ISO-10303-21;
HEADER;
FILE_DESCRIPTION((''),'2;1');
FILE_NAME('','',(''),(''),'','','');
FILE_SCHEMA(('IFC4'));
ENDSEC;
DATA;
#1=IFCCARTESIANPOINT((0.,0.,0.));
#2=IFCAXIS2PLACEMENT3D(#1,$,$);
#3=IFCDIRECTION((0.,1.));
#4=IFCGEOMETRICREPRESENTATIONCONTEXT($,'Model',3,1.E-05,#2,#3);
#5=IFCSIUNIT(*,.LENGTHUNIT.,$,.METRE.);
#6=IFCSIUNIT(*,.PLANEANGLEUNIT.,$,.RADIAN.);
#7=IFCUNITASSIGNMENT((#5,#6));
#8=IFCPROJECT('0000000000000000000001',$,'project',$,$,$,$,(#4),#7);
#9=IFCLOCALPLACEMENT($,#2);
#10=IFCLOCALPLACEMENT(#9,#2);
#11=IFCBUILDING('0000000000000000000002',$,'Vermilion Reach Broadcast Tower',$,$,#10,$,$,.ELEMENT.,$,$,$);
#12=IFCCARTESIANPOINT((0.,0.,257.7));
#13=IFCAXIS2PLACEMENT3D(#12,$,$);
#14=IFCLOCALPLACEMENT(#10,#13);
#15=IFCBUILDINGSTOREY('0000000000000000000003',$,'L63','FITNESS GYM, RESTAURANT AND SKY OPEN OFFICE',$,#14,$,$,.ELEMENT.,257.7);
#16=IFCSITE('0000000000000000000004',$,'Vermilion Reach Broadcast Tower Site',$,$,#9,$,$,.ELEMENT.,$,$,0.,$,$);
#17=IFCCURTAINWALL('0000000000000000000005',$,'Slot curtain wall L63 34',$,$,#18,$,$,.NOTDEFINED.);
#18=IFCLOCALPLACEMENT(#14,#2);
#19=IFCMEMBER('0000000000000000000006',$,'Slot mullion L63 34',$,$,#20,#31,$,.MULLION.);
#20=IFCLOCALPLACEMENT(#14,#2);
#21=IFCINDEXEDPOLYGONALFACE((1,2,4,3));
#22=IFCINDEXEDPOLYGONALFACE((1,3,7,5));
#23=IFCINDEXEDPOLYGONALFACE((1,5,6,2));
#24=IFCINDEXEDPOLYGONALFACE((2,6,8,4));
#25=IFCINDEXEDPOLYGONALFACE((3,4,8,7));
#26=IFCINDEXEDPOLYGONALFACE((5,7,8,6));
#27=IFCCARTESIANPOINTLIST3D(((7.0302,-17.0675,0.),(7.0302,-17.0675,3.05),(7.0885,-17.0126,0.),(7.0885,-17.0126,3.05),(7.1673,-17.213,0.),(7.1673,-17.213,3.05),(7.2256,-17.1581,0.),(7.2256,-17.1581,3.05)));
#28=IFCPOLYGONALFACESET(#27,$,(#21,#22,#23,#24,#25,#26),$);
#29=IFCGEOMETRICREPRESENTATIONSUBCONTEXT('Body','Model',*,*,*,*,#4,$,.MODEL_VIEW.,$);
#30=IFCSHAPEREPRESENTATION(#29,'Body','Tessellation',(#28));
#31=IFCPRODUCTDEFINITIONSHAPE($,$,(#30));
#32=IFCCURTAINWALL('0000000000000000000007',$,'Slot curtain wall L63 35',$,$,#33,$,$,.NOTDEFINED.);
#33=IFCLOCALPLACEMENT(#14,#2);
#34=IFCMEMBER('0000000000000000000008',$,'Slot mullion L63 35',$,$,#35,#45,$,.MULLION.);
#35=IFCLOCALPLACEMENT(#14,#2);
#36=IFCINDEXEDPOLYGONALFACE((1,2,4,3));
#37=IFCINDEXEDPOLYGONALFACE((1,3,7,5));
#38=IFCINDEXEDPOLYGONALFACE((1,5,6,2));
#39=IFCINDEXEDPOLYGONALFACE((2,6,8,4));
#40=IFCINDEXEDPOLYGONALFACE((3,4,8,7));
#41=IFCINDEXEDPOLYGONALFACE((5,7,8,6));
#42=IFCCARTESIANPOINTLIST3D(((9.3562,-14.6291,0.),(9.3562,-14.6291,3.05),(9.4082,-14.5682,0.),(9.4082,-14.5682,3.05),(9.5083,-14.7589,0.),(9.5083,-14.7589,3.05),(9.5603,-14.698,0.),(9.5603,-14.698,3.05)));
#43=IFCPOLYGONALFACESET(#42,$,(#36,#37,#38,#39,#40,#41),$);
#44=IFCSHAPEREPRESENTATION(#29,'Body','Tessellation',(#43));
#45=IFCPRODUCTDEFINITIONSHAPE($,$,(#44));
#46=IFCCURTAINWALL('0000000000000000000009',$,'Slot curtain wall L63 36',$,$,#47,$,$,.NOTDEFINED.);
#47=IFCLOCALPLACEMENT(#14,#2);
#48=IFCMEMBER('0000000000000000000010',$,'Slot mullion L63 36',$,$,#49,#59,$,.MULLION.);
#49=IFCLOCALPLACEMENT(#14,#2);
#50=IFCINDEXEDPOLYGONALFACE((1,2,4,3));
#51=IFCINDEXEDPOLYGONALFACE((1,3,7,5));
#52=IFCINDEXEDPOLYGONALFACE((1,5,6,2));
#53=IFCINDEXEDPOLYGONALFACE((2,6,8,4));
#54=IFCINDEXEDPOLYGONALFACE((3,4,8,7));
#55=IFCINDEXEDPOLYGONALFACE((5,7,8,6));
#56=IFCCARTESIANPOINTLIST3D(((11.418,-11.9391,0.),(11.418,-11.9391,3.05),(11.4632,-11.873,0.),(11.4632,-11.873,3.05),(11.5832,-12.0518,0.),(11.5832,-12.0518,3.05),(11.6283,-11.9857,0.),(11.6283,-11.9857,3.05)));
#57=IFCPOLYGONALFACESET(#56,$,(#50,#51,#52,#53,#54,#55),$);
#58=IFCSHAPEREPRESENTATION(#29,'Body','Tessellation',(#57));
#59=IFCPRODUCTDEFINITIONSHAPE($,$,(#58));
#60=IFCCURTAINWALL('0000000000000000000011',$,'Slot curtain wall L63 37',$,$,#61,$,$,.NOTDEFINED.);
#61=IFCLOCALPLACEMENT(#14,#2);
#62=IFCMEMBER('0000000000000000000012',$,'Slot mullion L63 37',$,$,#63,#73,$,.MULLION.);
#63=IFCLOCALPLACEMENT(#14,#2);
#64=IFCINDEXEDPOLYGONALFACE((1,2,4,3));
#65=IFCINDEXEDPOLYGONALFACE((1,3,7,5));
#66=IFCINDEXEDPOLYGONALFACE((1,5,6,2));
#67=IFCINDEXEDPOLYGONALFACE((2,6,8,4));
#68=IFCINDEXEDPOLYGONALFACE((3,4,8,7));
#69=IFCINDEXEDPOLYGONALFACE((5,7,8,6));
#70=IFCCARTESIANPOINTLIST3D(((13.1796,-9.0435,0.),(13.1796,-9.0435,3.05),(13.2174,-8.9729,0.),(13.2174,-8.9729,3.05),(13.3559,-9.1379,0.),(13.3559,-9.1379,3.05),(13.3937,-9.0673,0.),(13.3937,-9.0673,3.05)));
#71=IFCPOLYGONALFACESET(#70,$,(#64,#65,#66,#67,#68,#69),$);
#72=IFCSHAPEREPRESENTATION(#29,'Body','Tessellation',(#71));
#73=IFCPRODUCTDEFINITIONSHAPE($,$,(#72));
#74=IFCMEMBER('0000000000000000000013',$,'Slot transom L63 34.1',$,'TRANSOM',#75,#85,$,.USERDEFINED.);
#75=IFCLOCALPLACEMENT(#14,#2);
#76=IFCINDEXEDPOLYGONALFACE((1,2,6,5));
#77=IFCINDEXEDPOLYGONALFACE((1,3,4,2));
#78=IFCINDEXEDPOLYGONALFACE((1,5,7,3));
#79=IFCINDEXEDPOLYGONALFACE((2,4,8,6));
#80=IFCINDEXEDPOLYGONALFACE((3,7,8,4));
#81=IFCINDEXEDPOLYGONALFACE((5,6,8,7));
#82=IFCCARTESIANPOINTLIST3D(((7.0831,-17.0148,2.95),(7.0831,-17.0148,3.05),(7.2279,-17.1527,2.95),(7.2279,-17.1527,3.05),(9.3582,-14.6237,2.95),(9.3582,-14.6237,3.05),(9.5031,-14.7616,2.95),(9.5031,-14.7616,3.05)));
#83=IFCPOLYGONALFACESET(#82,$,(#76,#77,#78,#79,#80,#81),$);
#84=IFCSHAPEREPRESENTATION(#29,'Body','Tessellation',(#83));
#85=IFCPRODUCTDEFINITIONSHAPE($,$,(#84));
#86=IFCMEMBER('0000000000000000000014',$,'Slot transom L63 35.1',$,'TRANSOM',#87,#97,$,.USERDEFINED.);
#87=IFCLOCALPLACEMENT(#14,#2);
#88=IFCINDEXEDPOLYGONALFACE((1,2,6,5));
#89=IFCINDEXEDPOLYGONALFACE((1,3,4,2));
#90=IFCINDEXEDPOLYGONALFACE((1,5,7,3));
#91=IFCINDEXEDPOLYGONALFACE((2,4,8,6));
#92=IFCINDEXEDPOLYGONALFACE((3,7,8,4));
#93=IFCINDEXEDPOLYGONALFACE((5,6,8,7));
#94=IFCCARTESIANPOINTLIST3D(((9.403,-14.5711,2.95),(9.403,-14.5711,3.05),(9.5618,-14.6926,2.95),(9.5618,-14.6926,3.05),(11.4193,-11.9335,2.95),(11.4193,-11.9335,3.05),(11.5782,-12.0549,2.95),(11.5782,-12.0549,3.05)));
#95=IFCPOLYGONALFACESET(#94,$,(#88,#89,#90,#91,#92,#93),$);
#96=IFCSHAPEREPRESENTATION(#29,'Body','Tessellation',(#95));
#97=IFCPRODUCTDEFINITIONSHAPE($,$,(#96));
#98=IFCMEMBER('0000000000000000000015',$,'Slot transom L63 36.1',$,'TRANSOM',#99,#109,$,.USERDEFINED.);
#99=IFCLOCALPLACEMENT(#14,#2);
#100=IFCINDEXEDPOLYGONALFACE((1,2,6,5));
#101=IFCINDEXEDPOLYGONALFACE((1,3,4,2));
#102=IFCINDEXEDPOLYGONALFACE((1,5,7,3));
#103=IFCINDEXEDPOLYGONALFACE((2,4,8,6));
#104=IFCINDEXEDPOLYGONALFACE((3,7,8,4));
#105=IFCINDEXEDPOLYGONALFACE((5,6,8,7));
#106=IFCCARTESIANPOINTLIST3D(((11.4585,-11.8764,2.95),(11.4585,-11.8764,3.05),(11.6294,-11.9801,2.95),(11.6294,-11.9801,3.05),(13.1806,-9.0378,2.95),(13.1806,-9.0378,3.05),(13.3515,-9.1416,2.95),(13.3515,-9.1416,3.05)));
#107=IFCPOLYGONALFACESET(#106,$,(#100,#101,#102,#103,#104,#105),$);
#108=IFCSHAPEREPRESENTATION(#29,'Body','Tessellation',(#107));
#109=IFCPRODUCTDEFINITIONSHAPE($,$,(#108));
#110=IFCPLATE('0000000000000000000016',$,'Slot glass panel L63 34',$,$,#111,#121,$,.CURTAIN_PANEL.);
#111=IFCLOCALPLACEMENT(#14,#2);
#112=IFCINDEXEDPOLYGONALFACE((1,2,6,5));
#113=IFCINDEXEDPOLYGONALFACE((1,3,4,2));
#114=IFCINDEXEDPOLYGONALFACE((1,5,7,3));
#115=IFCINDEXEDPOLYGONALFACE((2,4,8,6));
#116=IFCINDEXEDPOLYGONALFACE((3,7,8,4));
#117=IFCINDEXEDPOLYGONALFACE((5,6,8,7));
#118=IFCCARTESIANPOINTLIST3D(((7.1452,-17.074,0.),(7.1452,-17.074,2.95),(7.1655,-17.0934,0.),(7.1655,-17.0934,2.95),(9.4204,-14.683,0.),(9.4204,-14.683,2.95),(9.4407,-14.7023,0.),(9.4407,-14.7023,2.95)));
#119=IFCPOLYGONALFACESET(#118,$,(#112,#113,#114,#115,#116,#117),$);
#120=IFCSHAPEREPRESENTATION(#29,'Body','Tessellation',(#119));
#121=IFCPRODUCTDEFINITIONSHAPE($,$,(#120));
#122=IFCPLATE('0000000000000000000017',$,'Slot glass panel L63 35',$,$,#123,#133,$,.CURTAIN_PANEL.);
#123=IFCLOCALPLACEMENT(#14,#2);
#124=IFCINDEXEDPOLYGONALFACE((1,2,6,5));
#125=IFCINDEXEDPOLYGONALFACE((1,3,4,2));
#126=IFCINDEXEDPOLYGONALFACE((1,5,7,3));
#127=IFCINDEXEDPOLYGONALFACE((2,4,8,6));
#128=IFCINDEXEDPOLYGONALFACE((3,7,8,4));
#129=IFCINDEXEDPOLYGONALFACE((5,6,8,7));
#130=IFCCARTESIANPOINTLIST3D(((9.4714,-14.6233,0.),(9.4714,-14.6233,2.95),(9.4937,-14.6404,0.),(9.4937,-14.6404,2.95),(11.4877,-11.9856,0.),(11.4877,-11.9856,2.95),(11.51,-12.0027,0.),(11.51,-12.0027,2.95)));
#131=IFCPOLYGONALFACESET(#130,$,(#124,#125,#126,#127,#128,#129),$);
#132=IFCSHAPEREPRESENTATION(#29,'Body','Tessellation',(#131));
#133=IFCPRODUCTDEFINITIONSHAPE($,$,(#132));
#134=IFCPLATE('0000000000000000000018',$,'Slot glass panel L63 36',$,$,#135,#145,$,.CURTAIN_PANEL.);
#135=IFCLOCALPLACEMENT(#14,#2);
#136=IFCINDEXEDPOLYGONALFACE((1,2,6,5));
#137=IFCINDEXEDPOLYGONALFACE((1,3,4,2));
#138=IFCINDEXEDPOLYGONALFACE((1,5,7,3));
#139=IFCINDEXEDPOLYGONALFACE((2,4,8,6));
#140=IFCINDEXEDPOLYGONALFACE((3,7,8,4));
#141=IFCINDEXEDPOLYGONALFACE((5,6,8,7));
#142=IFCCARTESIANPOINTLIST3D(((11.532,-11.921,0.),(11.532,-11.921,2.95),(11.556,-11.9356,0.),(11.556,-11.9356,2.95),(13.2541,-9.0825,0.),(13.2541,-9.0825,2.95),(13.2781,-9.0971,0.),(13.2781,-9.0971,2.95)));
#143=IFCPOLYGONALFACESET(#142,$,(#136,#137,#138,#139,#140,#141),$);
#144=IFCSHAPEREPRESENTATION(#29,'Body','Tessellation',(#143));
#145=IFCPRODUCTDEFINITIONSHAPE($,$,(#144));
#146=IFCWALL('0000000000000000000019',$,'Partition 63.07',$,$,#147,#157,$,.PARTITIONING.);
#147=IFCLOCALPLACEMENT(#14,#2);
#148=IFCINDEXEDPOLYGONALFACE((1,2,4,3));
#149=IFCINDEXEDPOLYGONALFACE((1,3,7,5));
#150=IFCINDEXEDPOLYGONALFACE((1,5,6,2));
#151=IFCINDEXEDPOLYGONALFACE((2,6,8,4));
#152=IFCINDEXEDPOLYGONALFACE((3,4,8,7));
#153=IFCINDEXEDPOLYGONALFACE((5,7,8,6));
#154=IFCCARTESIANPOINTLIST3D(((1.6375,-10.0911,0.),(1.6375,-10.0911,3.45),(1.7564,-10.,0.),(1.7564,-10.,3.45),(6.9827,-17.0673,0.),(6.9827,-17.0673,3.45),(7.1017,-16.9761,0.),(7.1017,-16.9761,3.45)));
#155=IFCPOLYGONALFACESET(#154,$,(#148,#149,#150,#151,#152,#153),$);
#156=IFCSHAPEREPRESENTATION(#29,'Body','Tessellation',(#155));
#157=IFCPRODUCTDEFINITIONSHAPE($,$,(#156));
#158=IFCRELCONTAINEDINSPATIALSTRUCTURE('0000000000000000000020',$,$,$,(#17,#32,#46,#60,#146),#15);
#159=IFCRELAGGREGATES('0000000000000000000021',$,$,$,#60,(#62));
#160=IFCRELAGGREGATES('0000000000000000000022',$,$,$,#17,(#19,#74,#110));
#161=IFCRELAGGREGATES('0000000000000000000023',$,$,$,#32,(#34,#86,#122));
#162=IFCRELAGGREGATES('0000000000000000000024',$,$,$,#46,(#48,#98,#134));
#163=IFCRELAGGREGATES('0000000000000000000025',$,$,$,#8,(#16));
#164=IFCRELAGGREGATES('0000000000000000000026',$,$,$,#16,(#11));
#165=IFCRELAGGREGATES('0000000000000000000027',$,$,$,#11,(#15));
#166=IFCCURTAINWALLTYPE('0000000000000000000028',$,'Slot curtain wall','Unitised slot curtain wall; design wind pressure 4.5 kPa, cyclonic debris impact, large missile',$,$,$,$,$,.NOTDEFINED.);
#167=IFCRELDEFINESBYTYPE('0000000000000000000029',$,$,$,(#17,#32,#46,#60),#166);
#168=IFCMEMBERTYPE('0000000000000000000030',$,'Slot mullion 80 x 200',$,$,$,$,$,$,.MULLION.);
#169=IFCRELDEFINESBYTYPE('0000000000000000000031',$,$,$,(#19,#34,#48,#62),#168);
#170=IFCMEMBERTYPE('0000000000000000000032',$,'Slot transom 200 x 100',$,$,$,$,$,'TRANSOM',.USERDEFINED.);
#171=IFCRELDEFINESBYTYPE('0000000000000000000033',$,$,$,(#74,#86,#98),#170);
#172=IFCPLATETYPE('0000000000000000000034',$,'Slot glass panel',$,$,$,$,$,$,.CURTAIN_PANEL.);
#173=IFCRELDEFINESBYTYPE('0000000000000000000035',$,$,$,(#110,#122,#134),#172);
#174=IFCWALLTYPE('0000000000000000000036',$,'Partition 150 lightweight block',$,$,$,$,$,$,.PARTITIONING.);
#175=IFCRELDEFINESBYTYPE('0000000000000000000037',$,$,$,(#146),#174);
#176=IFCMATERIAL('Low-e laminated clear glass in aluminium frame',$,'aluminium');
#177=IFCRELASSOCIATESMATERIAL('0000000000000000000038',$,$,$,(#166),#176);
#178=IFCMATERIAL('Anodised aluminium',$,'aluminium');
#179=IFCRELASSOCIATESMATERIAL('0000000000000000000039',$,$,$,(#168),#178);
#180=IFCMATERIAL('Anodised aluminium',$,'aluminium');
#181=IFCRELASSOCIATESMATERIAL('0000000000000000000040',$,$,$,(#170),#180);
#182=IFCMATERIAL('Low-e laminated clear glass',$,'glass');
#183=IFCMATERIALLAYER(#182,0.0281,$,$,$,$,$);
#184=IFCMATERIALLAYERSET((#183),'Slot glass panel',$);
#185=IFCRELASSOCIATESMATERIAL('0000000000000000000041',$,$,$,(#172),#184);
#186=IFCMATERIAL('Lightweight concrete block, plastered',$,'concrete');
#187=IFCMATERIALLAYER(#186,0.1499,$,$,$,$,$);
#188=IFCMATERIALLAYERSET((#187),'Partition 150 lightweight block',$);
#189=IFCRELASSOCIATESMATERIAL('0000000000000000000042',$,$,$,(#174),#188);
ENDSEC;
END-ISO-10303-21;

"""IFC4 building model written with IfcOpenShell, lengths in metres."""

from ifc_helpers import new_model, si_unit, direction, frame, frame_2d, origin, origin_2d, place, context, subcontext, project, spatial, rectangle, extrude, material, layer, layer_set, material_profile, profile_set, type_object, element, aggregate, save


model = new_model("IFC4")

# Units and contexts
model_context = context("Model", 3, precision=1e-05, world=origin(), true_north=direction((0.0, 1.0)))
body_context = subcontext(model_context, "Body", "Model", "MODEL_VIEW")
ifc_project = project(units=[si_unit("LENGTHUNIT", "METRE"), si_unit("PLANEANGLEUNIT", "RADIAN")], contexts=[model_context])

# Site, building, storey
site_placement = place(None, origin())
site = spatial("IfcSite", under=ifc_project, at=site_placement, Name="Vermilion Reach Broadcast Tower Site", CompositionType="ELEMENT", RefElevation=0.0)
building_placement = place(site_placement, origin())
building = spatial("IfcBuilding", under=site, at=building_placement, Name="Vermilion Reach Broadcast Tower", CompositionType="ELEMENT")
storey_placement = place(building_placement, frame((0.0, 0.0, 257.7)))
storey = spatial("IfcBuildingStorey", under=building, at=storey_placement, Name="L63", Description="FITNESS GYM, RESTAURANT AND SKY OPEN OFFICE", CompositionType="ELEMENT", Elevation=257.7)

# Curtain walls, members
ifc_material_1 = material(Name="Low-e laminated clear glass in aluminium frame", Category="aluminium")
curtain_wall_type = type_object("IfcCurtainWallType", Name="Slot curtain wall", Description="Unitised slot curtain wall; design wind pressure 4.5 kPa, cyclonic debris impact, large missile", PredefinedType="NOTDEFINED", material=ifc_material_1)
placement = place(storey_placement, origin())
curtain_wall_1 = element("IfcCurtainWall", 1, at=placement, inside=storey, type_object=curtain_wall_type, Name="Slot curtain wall L63 34", PredefinedType="NOTDEFINED")
ifc_material_2 = material(Name="Anodised aluminium", Category="aluminium")
ifc_material_profile_1 = material_profile(ifc_material_2, rectangle(XDim=0.2, YDim=0.0801, at=origin_2d()), Name="Slot mullion 80 x 200")
ifc_profile_set_1 = profile_set([ifc_material_profile_1], Name="Anodised aluminium")
member_type_1 = type_object("IfcMemberType", Name="Slot mullion 80 x 200", PredefinedType="MULLION", material=ifc_profile_set_1)
member_1_placement = place(storey_placement, frame((7.1279, -17.1128, 0.0), z_axis=(0.0, 0.0, 1.0), x_axis=(-0.685552, 0.728024, 0.0)))
member_1 = element("IfcMember", 2, at=member_1_placement, type_object=member_type_1, Name="Slot mullion L63 34", PredefinedType="MULLION", context=body_context, shape_type="SweptSolid", body=[
    extrude(rectangle(XDim=0.2, YDim=0.0801, at=origin_2d()), origin(), (0.0, 0.0, 1.0), 3.05),
])
curtain_wall_2 = element("IfcCurtainWall", 3, at=placement, inside=storey, type_object=curtain_wall_type, Name="Slot curtain wall L63 35", PredefinedType="NOTDEFINED")
member_2_placement = place(storey_placement, frame((9.4583, -14.6636, 0.0), z_axis=(0.0, 0.0, 1.0), x_axis=(-0.760565, 0.649261, 0.0)))
member_2 = element("IfcMember", 4, at=member_2_placement, type_object=member_type_1, Name="Slot mullion L63 35", PredefinedType="MULLION", context=body_context, shape_type="SweptSolid", body=[
    extrude(rectangle(XDim=0.2, YDim=0.0801, at=origin_2d()), origin(), (0.0, 0.0, 1.0), 3.05),
])
curtain_wall_3 = element("IfcCurtainWall", 5, at=placement, inside=storey, type_object=curtain_wall_type, Name="Slot curtain wall L63 36", PredefinedType="NOTDEFINED")
member_3_placement = place(storey_placement, frame((11.5232, -11.9624, 0.0), z_axis=(0.0, 0.0, 1.0), x_axis=(-0.825902, 0.563814, 0.0)))
member_3 = element("IfcMember", 6, at=member_3_placement, type_object=member_type_1, Name="Slot mullion L63 36", PredefinedType="MULLION", context=body_context, shape_type="SweptSolid", body=[
    extrude(rectangle(XDim=0.2, YDim=0.0801, at=origin_2d()), origin(), (0.0, 0.0, 1.0), 3.05),
])
curtain_wall_4 = element("IfcCurtainWall", 7, at=placement, inside=storey, type_object=curtain_wall_type, Name="Slot curtain wall L63 37", PredefinedType="NOTDEFINED")
member_4_placement = place(storey_placement, frame((13.2866, -9.0554, 0.0), z_axis=(0.0, 0.0, 1.0), x_axis=(-0.881682, 0.471844, 0.0)))
member_4 = element("IfcMember", 8, at=member_4_placement, type_object=member_type_1, Name="Slot mullion L63 37", PredefinedType="MULLION", context=body_context, shape_type="SweptSolid", body=[
    extrude(rectangle(XDim=0.2, YDim=0.0801, at=origin_2d()), origin(), (0.0, 0.0, 1.0), 3.05),
])
aggregate(curtain_wall_4, [member_4])

# Members
ifc_material_3 = material(Name="Anodised aluminium", Category="aluminium")
ifc_material_profile_2 = material_profile(ifc_material_3, rectangle(XDim=0.2, YDim=0.1001, at=origin_2d()), Name="Slot transom 200 x 100")
ifc_profile_set_2 = profile_set([ifc_material_profile_2], Name="Anodised aluminium")
member_type_2 = type_object("IfcMemberType", Name="Slot transom 200 x 100", ElementType="TRANSOM", PredefinedType="USERDEFINED", material=ifc_profile_set_2)
member_5_placement = place(storey_placement, frame((7.1555, -17.0837, 3.0), z_axis=(0.689321, 0.724456, 0.0), x_axis=(-0.724456, 0.689321, 0.0)))
member_5 = element("IfcMember", 9, at=member_5_placement, type_object=member_type_2, Name="Slot transom L63 34.1", ObjectType="TRANSOM", PredefinedType="USERDEFINED", context=body_context, shape_type="SweptSolid", body=[
    extrude(rectangle(XDim=0.2, YDim=0.1001, at=origin_2d()), origin(), (0.0, 0.0, 1.0), 3.3005),
])
member_6_placement = place(storey_placement, frame((9.4824, -14.6318, 3.0), z_axis=(0.607316, 0.79446, 0.0), x_axis=(-0.79446, 0.607316, 0.0)))
member_6 = element("IfcMember", 10, at=member_6_placement, type_object=member_type_2, Name="Slot transom L63 35.1", ObjectType="TRANSOM", PredefinedType="USERDEFINED", context=body_context, shape_type="SweptSolid", body=[
    extrude(rectangle(XDim=0.2, YDim=0.1001, at=origin_2d()), origin(), (0.0, 0.0, 1.0), 3.3201),
])
member_7_placement = place(storey_placement, frame((11.5439, -11.9282, 3.0), z_axis=(0.518696, 0.854959, 0.0), x_axis=(-0.854959, 0.518696, 0.0)))
member_7 = element("IfcMember", 11, at=member_7_placement, type_object=member_type_2, Name="Slot transom L63 36.1", ObjectType="TRANSOM", PredefinedType="USERDEFINED", context=body_context, shape_type="SweptSolid", body=[
    extrude(rectangle(XDim=0.2, YDim=0.1001, at=origin_2d()), origin(), (0.0, 0.0, 1.0), 3.3201),
])

# Plates
ifc_material_4 = material(Name="Low-e laminated clear glass", Category="glass")
ifc_layer_1 = layer(ifc_material_4, 0.0281)
ifc_layer_set_1 = layer_set([ifc_layer_1], Name="Slot glass panel")
plate_type = type_object("IfcPlateType", Name="Slot glass panel", PredefinedType="CURTAIN_PANEL", material=ifc_layer_set_1)
plate_1_placement = place(storey_placement, frame((8.293, -15.8882, 0.0), z_axis=(0.0, 0.0, 1.0), x_axis=(0.689336, 0.724442, 0.0)))
plate_1 = element("IfcPlate", 12, at=plate_1_placement, type_object=plate_type, Name="Slot glass panel L63 34", PredefinedType="CURTAIN_PANEL", context=body_context, shape_type="SweptSolid", body=[
    extrude(rectangle(XDim=3.3005, YDim=0.0281, at=origin_2d()), origin(), (0.0, 0.0, 1.0), 2.95),
])
aggregate(curtain_wall_1, [member_1, member_5, plate_1])
plate_2_placement = place(storey_placement, frame((10.4907, -13.313, 0.0), z_axis=(0.0, 0.0, 1.0), x_axis=(0.607297, 0.794475, 0.0)))
plate_2 = element("IfcPlate", 13, at=plate_2_placement, type_object=plate_type, Name="Slot glass panel L63 35", PredefinedType="CURTAIN_PANEL", context=body_context, shape_type="SweptSolid", body=[
    extrude(rectangle(XDim=3.3201, YDim=0.0281, at=origin_2d()), origin(), (0.0, 0.0, 1.0), 2.95),
])
aggregate(curtain_wall_2, [member_2, member_6, plate_2])
plate_3_placement = place(storey_placement, frame((12.405, -10.509, 0.0), z_axis=(0.0, 0.0, 1.0), x_axis=(0.518709, 0.854951, 0.0)))
plate_3 = element("IfcPlate", 14, at=plate_3_placement, type_object=plate_type, Name="Slot glass panel L63 36", PredefinedType="CURTAIN_PANEL", context=body_context, shape_type="SweptSolid", body=[
    extrude(rectangle(XDim=3.3201, YDim=0.0281, at=origin_2d()), origin(), (0.0, 0.0, 1.0), 2.95),
])
aggregate(curtain_wall_3, [member_3, member_7, plate_3])

# Wall
ifc_material_5 = material(Name="Lightweight concrete block, plastered", Category="concrete")
ifc_layer_2 = layer(ifc_material_5, 0.1499)
ifc_layer_set_2 = layer_set([ifc_layer_2], Name="Partition 150 lightweight block")
wall_type_1 = type_object("IfcWallType", Name="Partition 150 lightweight block", PredefinedType="PARTITIONING", material=ifc_layer_set_2)
wall_1_placement = place(storey_placement, frame((7.0422, -17.0217, 0.0), z_axis=(0.0, 0.0, 1.0), x_axis=(-0.608209, 0.793777, 0.0)))
element("IfcWall", 15, at=wall_1_placement, inside=storey, type_object=wall_type_1, Name="Partition 63.07", PredefinedType="PARTITIONING", context=body_context, shape_type="SweptSolid", body=[
    extrude(rectangle(XDim=8.7886, YDim=0.1499, at=frame_2d((4.3943, 0.0))), origin(), (0.0, 0.0, 1.0), 3.45),
])

save(model, "model.ifc")
